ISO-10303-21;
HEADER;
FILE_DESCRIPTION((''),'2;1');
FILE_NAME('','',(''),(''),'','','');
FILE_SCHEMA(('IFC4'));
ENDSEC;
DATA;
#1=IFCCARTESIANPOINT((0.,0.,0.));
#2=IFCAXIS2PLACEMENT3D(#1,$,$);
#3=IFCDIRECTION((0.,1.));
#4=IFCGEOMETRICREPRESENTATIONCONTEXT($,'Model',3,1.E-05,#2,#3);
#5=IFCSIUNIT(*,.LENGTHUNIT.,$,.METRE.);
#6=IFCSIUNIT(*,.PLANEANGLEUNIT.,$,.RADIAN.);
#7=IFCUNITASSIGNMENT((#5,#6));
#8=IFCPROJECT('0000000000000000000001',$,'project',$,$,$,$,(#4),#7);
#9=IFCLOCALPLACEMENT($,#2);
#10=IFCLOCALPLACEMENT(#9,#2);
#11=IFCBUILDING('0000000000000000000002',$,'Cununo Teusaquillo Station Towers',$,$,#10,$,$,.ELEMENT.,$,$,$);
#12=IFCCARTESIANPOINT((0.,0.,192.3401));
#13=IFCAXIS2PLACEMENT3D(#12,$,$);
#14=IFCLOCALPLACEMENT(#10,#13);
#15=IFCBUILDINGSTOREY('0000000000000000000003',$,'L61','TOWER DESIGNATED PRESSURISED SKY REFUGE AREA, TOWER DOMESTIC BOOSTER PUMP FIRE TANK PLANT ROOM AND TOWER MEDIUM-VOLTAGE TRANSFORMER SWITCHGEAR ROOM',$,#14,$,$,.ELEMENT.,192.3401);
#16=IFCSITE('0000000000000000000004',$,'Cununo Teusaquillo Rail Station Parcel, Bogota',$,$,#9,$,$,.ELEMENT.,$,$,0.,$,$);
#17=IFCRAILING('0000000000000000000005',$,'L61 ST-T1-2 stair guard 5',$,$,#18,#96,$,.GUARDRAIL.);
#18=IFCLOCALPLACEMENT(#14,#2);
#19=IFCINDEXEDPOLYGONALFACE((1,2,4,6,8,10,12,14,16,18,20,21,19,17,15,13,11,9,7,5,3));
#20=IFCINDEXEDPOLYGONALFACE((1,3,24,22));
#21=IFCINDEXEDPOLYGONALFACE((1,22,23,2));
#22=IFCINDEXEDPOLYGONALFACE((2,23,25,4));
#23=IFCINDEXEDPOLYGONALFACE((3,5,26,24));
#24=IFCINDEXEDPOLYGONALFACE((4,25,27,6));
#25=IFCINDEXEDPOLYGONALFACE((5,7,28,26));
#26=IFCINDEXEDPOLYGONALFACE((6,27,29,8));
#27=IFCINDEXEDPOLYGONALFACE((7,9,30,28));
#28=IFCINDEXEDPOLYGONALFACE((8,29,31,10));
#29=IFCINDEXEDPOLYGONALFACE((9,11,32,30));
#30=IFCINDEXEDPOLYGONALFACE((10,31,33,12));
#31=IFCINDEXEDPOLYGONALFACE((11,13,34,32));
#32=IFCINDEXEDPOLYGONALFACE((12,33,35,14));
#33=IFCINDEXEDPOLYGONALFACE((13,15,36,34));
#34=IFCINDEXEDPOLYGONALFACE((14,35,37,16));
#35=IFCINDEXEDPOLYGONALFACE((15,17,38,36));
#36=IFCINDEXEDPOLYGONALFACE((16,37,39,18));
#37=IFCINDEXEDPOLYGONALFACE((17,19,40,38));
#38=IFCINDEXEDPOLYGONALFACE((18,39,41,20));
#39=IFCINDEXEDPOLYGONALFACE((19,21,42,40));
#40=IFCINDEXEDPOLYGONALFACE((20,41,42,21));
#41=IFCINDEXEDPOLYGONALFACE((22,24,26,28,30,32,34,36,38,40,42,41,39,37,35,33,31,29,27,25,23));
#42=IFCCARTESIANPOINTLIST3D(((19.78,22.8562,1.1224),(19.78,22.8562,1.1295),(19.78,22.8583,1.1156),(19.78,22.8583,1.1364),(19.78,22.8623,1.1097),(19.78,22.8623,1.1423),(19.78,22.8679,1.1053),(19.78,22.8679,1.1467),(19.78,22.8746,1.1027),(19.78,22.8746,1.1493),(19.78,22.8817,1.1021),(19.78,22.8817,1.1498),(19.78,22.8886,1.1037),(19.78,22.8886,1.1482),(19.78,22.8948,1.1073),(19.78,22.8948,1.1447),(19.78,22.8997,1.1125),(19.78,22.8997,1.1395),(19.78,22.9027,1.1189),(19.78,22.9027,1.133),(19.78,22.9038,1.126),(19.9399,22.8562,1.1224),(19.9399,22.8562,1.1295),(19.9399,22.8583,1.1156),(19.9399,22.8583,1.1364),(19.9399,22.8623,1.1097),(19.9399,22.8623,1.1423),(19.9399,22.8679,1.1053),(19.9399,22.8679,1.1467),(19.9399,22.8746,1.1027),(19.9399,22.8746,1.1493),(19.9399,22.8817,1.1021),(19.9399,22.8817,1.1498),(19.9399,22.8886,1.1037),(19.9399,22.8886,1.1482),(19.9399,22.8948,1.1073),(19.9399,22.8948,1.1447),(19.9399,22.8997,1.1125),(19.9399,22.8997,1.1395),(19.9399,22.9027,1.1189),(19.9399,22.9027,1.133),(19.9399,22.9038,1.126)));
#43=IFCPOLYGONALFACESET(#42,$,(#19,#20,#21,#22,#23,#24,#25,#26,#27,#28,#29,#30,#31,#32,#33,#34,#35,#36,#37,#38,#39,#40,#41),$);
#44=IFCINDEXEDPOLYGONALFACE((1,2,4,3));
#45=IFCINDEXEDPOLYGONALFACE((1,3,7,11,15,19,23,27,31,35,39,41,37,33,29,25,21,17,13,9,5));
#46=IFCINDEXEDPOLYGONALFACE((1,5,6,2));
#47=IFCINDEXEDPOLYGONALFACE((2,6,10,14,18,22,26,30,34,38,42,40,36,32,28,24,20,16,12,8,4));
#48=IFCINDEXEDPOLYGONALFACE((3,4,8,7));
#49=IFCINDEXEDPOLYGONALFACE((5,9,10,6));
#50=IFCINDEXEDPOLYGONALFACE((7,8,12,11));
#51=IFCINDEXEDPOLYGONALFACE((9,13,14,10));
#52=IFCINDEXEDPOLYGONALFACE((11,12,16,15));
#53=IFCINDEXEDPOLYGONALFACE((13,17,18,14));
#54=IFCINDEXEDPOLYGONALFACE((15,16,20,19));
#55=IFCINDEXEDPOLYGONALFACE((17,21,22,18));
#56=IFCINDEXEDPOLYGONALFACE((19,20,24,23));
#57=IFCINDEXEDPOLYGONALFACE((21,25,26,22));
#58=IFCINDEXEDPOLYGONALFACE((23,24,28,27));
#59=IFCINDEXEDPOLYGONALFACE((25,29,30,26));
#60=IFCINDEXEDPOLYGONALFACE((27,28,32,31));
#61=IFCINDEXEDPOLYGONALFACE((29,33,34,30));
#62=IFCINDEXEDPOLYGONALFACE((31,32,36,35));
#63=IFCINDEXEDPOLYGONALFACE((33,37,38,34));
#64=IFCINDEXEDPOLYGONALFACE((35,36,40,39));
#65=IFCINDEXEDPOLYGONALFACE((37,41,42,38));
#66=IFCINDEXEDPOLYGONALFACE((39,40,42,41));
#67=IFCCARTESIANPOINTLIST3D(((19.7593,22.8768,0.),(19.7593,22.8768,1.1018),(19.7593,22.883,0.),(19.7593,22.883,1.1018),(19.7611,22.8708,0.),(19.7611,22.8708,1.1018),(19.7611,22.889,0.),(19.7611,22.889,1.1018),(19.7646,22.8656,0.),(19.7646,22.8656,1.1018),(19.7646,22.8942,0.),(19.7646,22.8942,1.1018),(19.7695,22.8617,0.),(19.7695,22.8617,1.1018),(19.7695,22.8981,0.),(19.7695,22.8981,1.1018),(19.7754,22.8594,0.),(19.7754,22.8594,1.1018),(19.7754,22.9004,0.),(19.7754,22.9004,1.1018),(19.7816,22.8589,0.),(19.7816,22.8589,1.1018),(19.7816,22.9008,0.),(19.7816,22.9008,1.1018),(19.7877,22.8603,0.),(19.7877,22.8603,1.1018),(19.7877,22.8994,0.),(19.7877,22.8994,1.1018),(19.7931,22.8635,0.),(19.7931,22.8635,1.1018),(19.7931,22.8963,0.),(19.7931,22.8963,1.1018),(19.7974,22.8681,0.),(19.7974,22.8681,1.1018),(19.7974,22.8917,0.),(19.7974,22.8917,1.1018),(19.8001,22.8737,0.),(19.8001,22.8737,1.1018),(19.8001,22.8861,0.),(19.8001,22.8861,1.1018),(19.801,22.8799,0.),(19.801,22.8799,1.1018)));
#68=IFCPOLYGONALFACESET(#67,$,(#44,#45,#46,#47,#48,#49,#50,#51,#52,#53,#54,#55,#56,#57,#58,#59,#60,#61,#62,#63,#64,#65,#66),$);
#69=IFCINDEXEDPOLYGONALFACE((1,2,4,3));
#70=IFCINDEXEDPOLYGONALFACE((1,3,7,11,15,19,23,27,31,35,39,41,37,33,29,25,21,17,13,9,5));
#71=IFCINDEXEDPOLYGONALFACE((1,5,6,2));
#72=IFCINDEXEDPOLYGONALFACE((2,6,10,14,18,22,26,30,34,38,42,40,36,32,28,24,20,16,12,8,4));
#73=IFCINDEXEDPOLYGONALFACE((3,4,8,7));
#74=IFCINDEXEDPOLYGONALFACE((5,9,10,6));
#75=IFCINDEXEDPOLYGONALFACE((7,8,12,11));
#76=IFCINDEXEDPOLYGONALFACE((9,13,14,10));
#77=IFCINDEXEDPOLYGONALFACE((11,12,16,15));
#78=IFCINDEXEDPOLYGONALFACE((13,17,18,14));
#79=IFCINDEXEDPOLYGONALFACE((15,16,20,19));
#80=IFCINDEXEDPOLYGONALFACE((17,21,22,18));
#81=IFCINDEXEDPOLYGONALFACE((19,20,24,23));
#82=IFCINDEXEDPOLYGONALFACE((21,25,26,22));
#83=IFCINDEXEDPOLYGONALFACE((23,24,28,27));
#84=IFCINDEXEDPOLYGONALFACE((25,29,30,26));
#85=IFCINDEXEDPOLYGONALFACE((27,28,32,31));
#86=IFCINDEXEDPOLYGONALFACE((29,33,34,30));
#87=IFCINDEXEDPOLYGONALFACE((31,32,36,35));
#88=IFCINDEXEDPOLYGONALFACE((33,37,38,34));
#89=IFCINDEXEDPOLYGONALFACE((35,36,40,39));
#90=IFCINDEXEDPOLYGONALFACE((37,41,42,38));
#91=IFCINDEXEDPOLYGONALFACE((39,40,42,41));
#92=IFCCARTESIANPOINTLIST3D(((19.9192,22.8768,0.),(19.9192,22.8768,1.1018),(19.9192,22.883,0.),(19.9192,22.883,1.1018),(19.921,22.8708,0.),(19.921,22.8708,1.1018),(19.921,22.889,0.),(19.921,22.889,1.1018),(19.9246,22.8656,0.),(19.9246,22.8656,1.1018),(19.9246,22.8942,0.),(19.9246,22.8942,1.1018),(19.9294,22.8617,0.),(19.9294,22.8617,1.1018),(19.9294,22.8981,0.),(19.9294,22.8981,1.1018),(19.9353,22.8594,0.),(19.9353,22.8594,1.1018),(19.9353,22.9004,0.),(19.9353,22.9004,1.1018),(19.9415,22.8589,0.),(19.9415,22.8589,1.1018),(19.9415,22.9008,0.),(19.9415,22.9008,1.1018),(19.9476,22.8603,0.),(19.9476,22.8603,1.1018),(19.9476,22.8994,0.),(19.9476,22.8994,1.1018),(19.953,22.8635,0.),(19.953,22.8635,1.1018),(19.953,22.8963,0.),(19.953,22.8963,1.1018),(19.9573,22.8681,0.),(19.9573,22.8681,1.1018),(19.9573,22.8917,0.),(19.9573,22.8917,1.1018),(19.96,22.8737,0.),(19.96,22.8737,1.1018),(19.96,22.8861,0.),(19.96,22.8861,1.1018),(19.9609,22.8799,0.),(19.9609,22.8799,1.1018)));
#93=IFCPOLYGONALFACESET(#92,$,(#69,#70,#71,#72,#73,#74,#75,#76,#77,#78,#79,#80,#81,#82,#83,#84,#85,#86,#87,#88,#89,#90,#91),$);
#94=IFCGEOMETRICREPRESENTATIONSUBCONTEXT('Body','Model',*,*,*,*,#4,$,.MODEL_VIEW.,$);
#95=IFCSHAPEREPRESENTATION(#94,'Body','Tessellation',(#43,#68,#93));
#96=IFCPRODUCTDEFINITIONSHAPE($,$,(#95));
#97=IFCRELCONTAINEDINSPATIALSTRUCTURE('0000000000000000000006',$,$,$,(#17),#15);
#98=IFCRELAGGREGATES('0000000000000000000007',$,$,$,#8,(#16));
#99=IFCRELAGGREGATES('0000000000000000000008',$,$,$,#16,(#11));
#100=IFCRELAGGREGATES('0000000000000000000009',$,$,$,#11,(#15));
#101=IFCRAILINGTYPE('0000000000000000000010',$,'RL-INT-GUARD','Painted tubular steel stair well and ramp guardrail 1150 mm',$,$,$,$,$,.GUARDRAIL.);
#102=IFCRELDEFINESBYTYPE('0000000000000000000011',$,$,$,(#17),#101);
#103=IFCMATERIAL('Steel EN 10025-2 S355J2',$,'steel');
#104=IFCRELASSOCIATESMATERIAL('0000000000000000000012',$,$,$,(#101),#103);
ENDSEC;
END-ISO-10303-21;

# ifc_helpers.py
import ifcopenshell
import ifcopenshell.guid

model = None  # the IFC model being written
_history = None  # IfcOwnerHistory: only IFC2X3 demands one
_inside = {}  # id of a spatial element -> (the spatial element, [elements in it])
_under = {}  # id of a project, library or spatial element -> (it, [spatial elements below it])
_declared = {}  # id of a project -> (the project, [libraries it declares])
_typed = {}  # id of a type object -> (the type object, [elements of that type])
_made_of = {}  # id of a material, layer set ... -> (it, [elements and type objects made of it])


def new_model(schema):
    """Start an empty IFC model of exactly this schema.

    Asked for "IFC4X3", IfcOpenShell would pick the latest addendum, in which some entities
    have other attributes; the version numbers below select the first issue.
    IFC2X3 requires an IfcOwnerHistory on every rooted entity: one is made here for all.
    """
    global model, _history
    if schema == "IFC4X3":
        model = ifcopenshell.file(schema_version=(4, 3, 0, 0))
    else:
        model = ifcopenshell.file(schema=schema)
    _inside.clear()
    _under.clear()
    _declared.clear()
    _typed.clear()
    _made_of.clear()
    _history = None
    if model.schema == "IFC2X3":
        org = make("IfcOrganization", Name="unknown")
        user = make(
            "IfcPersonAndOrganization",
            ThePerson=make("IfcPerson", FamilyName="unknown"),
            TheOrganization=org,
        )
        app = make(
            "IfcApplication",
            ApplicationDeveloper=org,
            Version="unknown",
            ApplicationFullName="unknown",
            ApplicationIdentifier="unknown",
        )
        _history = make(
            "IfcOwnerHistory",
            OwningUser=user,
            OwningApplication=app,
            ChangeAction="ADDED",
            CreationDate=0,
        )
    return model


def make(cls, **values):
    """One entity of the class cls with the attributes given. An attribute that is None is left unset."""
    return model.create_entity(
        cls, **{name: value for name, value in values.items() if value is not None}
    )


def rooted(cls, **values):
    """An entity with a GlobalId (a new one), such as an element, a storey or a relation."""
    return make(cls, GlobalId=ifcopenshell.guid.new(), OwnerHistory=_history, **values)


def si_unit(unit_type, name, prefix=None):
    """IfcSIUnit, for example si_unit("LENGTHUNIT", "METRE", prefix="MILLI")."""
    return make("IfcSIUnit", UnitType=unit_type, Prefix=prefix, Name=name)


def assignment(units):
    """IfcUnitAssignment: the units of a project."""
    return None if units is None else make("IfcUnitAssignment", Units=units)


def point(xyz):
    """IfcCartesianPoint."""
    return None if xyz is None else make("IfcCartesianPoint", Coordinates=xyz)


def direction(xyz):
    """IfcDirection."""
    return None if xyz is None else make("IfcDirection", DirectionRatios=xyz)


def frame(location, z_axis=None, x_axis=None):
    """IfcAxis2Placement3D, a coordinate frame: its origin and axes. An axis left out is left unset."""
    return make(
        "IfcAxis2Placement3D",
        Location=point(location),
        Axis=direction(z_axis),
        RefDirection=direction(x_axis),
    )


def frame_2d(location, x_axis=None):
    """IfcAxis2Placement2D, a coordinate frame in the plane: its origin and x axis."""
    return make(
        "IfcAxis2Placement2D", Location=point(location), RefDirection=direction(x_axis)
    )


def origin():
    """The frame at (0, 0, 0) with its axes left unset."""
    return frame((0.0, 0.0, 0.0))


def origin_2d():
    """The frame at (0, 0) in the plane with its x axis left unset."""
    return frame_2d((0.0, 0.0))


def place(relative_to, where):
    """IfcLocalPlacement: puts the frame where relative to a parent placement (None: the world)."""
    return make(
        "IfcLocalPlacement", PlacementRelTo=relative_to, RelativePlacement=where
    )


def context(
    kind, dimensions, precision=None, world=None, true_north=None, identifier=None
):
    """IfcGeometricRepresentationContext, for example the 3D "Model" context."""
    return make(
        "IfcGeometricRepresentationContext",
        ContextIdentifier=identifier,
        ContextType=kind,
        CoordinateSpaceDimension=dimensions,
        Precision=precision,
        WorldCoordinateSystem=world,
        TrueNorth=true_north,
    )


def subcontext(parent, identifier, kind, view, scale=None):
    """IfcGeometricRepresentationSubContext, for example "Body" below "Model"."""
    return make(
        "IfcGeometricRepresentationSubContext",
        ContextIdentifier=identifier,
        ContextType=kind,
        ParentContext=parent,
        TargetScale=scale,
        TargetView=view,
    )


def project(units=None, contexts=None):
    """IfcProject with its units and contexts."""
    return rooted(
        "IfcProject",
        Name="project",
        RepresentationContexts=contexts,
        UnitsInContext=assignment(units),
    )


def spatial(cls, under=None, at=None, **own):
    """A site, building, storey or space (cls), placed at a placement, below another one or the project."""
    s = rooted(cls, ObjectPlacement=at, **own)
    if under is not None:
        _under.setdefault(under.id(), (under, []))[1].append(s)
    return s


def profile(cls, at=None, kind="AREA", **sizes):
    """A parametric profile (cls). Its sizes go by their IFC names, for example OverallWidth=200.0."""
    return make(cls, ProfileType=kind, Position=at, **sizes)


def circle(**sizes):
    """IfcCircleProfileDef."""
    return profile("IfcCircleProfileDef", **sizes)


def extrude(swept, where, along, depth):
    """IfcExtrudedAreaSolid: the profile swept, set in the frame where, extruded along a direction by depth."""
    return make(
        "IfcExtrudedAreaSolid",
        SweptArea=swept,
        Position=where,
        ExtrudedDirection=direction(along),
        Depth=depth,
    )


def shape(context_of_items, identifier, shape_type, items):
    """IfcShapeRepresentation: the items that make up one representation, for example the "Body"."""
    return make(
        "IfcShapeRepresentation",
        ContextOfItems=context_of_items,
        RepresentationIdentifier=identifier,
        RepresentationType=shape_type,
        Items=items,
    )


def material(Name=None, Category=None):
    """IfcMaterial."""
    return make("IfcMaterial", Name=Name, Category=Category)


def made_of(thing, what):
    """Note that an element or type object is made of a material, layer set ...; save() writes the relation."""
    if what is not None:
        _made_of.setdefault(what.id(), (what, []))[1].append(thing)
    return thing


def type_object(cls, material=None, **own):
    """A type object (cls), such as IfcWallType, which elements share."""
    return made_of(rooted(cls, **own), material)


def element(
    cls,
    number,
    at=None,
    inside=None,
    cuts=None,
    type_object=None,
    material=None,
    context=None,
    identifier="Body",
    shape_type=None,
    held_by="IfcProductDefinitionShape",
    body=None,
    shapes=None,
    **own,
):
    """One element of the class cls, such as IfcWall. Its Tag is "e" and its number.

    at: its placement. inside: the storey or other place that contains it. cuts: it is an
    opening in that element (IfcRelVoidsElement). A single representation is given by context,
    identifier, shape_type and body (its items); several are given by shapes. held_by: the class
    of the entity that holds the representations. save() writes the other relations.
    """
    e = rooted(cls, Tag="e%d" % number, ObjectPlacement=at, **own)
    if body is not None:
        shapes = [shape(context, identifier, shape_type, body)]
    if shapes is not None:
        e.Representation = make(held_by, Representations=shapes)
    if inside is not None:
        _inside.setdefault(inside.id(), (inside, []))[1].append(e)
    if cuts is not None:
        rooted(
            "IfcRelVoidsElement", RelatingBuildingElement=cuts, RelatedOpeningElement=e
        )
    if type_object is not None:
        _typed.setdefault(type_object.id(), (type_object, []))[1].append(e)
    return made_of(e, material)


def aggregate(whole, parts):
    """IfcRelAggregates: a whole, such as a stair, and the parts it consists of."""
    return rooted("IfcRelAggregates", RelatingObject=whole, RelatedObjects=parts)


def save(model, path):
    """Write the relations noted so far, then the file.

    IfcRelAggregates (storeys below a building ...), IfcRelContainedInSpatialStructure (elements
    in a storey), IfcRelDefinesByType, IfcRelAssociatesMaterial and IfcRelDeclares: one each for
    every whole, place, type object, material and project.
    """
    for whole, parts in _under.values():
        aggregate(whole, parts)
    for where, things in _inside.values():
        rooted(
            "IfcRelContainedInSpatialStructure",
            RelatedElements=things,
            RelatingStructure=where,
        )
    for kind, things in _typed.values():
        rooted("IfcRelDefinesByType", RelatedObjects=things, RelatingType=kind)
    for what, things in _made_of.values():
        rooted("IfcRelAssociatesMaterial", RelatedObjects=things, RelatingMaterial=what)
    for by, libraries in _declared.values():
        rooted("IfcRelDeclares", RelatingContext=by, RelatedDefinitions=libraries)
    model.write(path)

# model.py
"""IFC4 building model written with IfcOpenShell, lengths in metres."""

from ifc_helpers import new_model, si_unit, direction, frame, origin, origin_2d, place, context, subcontext, project, spatial, circle, extrude, material, type_object, element, save


model = new_model("IFC4")

# Units and contexts
model_context = context("Model", 3, precision=1e-05, world=origin(), true_north=direction((0.0, 1.0)))
body_context = subcontext(model_context, "Body", "Model", "MODEL_VIEW")
ifc_project = project(units=[si_unit("LENGTHUNIT", "METRE"), si_unit("PLANEANGLEUNIT", "RADIAN")], contexts=[model_context])

# Site, building, storey
site_placement = place(None, origin())
site = spatial("IfcSite", under=ifc_project, at=site_placement, Name="Cununo Teusaquillo Rail Station Parcel, Bogota", CompositionType="ELEMENT", RefElevation=0.0)
building_placement = place(site_placement, origin())
building = spatial("IfcBuilding", under=site, at=building_placement, Name="Cununo Teusaquillo Station Towers", CompositionType="ELEMENT")
storey_placement = place(building_placement, frame((0.0, 0.0, 192.3401)))
storey = spatial("IfcBuildingStorey", under=building, at=storey_placement, Name="L61", Description="TOWER DESIGNATED PRESSURISED SKY REFUGE AREA, TOWER DOMESTIC BOOSTER PUMP FIRE TANK PLANT ROOM AND TOWER MEDIUM-VOLTAGE TRANSFORMER SWITCHGEAR ROOM", CompositionType="ELEMENT", Elevation=192.3401)

# Railing
ifc_material_1 = material(Name="Steel EN 10025-2 S355J2", Category="steel")
railing_type_1 = type_object("IfcRailingType", Name="RL-INT-GUARD", Description="Painted tubular steel stair well and ramp guardrail 1150 mm", PredefinedType="GUARDRAIL", material=ifc_material_1)
railing_1_placement = place(storey_placement, frame((19.78, 22.8799, 0.0)))
element("IfcRailing", 1, at=railing_1_placement, inside=storey, type_object=railing_type_1, Name="L61 ST-T1-2 stair guard 5", PredefinedType="GUARDRAIL", context=body_context, shape_type="SweptSolid", body=[
    extrude(circle(Radius=0.0239, at=origin_2d()), frame((0.0, 0.0, 1.126), z_axis=(1.0, 0.0, 0.0), x_axis=(0.0, 1.0, 0.0)), (0.0, 0.0, 1.0), 0.1599),
    extrude(circle(Radius=0.021, at=origin_2d()), origin(), (0.0, 0.0, 1.0), 1.1018),
    extrude(circle(Radius=0.021, at=origin_2d()), frame((0.1599, 0.0, 0.0)), (0.0, 0.0, 1.0), 1.1018),
])

save(model, "model.ifc")
